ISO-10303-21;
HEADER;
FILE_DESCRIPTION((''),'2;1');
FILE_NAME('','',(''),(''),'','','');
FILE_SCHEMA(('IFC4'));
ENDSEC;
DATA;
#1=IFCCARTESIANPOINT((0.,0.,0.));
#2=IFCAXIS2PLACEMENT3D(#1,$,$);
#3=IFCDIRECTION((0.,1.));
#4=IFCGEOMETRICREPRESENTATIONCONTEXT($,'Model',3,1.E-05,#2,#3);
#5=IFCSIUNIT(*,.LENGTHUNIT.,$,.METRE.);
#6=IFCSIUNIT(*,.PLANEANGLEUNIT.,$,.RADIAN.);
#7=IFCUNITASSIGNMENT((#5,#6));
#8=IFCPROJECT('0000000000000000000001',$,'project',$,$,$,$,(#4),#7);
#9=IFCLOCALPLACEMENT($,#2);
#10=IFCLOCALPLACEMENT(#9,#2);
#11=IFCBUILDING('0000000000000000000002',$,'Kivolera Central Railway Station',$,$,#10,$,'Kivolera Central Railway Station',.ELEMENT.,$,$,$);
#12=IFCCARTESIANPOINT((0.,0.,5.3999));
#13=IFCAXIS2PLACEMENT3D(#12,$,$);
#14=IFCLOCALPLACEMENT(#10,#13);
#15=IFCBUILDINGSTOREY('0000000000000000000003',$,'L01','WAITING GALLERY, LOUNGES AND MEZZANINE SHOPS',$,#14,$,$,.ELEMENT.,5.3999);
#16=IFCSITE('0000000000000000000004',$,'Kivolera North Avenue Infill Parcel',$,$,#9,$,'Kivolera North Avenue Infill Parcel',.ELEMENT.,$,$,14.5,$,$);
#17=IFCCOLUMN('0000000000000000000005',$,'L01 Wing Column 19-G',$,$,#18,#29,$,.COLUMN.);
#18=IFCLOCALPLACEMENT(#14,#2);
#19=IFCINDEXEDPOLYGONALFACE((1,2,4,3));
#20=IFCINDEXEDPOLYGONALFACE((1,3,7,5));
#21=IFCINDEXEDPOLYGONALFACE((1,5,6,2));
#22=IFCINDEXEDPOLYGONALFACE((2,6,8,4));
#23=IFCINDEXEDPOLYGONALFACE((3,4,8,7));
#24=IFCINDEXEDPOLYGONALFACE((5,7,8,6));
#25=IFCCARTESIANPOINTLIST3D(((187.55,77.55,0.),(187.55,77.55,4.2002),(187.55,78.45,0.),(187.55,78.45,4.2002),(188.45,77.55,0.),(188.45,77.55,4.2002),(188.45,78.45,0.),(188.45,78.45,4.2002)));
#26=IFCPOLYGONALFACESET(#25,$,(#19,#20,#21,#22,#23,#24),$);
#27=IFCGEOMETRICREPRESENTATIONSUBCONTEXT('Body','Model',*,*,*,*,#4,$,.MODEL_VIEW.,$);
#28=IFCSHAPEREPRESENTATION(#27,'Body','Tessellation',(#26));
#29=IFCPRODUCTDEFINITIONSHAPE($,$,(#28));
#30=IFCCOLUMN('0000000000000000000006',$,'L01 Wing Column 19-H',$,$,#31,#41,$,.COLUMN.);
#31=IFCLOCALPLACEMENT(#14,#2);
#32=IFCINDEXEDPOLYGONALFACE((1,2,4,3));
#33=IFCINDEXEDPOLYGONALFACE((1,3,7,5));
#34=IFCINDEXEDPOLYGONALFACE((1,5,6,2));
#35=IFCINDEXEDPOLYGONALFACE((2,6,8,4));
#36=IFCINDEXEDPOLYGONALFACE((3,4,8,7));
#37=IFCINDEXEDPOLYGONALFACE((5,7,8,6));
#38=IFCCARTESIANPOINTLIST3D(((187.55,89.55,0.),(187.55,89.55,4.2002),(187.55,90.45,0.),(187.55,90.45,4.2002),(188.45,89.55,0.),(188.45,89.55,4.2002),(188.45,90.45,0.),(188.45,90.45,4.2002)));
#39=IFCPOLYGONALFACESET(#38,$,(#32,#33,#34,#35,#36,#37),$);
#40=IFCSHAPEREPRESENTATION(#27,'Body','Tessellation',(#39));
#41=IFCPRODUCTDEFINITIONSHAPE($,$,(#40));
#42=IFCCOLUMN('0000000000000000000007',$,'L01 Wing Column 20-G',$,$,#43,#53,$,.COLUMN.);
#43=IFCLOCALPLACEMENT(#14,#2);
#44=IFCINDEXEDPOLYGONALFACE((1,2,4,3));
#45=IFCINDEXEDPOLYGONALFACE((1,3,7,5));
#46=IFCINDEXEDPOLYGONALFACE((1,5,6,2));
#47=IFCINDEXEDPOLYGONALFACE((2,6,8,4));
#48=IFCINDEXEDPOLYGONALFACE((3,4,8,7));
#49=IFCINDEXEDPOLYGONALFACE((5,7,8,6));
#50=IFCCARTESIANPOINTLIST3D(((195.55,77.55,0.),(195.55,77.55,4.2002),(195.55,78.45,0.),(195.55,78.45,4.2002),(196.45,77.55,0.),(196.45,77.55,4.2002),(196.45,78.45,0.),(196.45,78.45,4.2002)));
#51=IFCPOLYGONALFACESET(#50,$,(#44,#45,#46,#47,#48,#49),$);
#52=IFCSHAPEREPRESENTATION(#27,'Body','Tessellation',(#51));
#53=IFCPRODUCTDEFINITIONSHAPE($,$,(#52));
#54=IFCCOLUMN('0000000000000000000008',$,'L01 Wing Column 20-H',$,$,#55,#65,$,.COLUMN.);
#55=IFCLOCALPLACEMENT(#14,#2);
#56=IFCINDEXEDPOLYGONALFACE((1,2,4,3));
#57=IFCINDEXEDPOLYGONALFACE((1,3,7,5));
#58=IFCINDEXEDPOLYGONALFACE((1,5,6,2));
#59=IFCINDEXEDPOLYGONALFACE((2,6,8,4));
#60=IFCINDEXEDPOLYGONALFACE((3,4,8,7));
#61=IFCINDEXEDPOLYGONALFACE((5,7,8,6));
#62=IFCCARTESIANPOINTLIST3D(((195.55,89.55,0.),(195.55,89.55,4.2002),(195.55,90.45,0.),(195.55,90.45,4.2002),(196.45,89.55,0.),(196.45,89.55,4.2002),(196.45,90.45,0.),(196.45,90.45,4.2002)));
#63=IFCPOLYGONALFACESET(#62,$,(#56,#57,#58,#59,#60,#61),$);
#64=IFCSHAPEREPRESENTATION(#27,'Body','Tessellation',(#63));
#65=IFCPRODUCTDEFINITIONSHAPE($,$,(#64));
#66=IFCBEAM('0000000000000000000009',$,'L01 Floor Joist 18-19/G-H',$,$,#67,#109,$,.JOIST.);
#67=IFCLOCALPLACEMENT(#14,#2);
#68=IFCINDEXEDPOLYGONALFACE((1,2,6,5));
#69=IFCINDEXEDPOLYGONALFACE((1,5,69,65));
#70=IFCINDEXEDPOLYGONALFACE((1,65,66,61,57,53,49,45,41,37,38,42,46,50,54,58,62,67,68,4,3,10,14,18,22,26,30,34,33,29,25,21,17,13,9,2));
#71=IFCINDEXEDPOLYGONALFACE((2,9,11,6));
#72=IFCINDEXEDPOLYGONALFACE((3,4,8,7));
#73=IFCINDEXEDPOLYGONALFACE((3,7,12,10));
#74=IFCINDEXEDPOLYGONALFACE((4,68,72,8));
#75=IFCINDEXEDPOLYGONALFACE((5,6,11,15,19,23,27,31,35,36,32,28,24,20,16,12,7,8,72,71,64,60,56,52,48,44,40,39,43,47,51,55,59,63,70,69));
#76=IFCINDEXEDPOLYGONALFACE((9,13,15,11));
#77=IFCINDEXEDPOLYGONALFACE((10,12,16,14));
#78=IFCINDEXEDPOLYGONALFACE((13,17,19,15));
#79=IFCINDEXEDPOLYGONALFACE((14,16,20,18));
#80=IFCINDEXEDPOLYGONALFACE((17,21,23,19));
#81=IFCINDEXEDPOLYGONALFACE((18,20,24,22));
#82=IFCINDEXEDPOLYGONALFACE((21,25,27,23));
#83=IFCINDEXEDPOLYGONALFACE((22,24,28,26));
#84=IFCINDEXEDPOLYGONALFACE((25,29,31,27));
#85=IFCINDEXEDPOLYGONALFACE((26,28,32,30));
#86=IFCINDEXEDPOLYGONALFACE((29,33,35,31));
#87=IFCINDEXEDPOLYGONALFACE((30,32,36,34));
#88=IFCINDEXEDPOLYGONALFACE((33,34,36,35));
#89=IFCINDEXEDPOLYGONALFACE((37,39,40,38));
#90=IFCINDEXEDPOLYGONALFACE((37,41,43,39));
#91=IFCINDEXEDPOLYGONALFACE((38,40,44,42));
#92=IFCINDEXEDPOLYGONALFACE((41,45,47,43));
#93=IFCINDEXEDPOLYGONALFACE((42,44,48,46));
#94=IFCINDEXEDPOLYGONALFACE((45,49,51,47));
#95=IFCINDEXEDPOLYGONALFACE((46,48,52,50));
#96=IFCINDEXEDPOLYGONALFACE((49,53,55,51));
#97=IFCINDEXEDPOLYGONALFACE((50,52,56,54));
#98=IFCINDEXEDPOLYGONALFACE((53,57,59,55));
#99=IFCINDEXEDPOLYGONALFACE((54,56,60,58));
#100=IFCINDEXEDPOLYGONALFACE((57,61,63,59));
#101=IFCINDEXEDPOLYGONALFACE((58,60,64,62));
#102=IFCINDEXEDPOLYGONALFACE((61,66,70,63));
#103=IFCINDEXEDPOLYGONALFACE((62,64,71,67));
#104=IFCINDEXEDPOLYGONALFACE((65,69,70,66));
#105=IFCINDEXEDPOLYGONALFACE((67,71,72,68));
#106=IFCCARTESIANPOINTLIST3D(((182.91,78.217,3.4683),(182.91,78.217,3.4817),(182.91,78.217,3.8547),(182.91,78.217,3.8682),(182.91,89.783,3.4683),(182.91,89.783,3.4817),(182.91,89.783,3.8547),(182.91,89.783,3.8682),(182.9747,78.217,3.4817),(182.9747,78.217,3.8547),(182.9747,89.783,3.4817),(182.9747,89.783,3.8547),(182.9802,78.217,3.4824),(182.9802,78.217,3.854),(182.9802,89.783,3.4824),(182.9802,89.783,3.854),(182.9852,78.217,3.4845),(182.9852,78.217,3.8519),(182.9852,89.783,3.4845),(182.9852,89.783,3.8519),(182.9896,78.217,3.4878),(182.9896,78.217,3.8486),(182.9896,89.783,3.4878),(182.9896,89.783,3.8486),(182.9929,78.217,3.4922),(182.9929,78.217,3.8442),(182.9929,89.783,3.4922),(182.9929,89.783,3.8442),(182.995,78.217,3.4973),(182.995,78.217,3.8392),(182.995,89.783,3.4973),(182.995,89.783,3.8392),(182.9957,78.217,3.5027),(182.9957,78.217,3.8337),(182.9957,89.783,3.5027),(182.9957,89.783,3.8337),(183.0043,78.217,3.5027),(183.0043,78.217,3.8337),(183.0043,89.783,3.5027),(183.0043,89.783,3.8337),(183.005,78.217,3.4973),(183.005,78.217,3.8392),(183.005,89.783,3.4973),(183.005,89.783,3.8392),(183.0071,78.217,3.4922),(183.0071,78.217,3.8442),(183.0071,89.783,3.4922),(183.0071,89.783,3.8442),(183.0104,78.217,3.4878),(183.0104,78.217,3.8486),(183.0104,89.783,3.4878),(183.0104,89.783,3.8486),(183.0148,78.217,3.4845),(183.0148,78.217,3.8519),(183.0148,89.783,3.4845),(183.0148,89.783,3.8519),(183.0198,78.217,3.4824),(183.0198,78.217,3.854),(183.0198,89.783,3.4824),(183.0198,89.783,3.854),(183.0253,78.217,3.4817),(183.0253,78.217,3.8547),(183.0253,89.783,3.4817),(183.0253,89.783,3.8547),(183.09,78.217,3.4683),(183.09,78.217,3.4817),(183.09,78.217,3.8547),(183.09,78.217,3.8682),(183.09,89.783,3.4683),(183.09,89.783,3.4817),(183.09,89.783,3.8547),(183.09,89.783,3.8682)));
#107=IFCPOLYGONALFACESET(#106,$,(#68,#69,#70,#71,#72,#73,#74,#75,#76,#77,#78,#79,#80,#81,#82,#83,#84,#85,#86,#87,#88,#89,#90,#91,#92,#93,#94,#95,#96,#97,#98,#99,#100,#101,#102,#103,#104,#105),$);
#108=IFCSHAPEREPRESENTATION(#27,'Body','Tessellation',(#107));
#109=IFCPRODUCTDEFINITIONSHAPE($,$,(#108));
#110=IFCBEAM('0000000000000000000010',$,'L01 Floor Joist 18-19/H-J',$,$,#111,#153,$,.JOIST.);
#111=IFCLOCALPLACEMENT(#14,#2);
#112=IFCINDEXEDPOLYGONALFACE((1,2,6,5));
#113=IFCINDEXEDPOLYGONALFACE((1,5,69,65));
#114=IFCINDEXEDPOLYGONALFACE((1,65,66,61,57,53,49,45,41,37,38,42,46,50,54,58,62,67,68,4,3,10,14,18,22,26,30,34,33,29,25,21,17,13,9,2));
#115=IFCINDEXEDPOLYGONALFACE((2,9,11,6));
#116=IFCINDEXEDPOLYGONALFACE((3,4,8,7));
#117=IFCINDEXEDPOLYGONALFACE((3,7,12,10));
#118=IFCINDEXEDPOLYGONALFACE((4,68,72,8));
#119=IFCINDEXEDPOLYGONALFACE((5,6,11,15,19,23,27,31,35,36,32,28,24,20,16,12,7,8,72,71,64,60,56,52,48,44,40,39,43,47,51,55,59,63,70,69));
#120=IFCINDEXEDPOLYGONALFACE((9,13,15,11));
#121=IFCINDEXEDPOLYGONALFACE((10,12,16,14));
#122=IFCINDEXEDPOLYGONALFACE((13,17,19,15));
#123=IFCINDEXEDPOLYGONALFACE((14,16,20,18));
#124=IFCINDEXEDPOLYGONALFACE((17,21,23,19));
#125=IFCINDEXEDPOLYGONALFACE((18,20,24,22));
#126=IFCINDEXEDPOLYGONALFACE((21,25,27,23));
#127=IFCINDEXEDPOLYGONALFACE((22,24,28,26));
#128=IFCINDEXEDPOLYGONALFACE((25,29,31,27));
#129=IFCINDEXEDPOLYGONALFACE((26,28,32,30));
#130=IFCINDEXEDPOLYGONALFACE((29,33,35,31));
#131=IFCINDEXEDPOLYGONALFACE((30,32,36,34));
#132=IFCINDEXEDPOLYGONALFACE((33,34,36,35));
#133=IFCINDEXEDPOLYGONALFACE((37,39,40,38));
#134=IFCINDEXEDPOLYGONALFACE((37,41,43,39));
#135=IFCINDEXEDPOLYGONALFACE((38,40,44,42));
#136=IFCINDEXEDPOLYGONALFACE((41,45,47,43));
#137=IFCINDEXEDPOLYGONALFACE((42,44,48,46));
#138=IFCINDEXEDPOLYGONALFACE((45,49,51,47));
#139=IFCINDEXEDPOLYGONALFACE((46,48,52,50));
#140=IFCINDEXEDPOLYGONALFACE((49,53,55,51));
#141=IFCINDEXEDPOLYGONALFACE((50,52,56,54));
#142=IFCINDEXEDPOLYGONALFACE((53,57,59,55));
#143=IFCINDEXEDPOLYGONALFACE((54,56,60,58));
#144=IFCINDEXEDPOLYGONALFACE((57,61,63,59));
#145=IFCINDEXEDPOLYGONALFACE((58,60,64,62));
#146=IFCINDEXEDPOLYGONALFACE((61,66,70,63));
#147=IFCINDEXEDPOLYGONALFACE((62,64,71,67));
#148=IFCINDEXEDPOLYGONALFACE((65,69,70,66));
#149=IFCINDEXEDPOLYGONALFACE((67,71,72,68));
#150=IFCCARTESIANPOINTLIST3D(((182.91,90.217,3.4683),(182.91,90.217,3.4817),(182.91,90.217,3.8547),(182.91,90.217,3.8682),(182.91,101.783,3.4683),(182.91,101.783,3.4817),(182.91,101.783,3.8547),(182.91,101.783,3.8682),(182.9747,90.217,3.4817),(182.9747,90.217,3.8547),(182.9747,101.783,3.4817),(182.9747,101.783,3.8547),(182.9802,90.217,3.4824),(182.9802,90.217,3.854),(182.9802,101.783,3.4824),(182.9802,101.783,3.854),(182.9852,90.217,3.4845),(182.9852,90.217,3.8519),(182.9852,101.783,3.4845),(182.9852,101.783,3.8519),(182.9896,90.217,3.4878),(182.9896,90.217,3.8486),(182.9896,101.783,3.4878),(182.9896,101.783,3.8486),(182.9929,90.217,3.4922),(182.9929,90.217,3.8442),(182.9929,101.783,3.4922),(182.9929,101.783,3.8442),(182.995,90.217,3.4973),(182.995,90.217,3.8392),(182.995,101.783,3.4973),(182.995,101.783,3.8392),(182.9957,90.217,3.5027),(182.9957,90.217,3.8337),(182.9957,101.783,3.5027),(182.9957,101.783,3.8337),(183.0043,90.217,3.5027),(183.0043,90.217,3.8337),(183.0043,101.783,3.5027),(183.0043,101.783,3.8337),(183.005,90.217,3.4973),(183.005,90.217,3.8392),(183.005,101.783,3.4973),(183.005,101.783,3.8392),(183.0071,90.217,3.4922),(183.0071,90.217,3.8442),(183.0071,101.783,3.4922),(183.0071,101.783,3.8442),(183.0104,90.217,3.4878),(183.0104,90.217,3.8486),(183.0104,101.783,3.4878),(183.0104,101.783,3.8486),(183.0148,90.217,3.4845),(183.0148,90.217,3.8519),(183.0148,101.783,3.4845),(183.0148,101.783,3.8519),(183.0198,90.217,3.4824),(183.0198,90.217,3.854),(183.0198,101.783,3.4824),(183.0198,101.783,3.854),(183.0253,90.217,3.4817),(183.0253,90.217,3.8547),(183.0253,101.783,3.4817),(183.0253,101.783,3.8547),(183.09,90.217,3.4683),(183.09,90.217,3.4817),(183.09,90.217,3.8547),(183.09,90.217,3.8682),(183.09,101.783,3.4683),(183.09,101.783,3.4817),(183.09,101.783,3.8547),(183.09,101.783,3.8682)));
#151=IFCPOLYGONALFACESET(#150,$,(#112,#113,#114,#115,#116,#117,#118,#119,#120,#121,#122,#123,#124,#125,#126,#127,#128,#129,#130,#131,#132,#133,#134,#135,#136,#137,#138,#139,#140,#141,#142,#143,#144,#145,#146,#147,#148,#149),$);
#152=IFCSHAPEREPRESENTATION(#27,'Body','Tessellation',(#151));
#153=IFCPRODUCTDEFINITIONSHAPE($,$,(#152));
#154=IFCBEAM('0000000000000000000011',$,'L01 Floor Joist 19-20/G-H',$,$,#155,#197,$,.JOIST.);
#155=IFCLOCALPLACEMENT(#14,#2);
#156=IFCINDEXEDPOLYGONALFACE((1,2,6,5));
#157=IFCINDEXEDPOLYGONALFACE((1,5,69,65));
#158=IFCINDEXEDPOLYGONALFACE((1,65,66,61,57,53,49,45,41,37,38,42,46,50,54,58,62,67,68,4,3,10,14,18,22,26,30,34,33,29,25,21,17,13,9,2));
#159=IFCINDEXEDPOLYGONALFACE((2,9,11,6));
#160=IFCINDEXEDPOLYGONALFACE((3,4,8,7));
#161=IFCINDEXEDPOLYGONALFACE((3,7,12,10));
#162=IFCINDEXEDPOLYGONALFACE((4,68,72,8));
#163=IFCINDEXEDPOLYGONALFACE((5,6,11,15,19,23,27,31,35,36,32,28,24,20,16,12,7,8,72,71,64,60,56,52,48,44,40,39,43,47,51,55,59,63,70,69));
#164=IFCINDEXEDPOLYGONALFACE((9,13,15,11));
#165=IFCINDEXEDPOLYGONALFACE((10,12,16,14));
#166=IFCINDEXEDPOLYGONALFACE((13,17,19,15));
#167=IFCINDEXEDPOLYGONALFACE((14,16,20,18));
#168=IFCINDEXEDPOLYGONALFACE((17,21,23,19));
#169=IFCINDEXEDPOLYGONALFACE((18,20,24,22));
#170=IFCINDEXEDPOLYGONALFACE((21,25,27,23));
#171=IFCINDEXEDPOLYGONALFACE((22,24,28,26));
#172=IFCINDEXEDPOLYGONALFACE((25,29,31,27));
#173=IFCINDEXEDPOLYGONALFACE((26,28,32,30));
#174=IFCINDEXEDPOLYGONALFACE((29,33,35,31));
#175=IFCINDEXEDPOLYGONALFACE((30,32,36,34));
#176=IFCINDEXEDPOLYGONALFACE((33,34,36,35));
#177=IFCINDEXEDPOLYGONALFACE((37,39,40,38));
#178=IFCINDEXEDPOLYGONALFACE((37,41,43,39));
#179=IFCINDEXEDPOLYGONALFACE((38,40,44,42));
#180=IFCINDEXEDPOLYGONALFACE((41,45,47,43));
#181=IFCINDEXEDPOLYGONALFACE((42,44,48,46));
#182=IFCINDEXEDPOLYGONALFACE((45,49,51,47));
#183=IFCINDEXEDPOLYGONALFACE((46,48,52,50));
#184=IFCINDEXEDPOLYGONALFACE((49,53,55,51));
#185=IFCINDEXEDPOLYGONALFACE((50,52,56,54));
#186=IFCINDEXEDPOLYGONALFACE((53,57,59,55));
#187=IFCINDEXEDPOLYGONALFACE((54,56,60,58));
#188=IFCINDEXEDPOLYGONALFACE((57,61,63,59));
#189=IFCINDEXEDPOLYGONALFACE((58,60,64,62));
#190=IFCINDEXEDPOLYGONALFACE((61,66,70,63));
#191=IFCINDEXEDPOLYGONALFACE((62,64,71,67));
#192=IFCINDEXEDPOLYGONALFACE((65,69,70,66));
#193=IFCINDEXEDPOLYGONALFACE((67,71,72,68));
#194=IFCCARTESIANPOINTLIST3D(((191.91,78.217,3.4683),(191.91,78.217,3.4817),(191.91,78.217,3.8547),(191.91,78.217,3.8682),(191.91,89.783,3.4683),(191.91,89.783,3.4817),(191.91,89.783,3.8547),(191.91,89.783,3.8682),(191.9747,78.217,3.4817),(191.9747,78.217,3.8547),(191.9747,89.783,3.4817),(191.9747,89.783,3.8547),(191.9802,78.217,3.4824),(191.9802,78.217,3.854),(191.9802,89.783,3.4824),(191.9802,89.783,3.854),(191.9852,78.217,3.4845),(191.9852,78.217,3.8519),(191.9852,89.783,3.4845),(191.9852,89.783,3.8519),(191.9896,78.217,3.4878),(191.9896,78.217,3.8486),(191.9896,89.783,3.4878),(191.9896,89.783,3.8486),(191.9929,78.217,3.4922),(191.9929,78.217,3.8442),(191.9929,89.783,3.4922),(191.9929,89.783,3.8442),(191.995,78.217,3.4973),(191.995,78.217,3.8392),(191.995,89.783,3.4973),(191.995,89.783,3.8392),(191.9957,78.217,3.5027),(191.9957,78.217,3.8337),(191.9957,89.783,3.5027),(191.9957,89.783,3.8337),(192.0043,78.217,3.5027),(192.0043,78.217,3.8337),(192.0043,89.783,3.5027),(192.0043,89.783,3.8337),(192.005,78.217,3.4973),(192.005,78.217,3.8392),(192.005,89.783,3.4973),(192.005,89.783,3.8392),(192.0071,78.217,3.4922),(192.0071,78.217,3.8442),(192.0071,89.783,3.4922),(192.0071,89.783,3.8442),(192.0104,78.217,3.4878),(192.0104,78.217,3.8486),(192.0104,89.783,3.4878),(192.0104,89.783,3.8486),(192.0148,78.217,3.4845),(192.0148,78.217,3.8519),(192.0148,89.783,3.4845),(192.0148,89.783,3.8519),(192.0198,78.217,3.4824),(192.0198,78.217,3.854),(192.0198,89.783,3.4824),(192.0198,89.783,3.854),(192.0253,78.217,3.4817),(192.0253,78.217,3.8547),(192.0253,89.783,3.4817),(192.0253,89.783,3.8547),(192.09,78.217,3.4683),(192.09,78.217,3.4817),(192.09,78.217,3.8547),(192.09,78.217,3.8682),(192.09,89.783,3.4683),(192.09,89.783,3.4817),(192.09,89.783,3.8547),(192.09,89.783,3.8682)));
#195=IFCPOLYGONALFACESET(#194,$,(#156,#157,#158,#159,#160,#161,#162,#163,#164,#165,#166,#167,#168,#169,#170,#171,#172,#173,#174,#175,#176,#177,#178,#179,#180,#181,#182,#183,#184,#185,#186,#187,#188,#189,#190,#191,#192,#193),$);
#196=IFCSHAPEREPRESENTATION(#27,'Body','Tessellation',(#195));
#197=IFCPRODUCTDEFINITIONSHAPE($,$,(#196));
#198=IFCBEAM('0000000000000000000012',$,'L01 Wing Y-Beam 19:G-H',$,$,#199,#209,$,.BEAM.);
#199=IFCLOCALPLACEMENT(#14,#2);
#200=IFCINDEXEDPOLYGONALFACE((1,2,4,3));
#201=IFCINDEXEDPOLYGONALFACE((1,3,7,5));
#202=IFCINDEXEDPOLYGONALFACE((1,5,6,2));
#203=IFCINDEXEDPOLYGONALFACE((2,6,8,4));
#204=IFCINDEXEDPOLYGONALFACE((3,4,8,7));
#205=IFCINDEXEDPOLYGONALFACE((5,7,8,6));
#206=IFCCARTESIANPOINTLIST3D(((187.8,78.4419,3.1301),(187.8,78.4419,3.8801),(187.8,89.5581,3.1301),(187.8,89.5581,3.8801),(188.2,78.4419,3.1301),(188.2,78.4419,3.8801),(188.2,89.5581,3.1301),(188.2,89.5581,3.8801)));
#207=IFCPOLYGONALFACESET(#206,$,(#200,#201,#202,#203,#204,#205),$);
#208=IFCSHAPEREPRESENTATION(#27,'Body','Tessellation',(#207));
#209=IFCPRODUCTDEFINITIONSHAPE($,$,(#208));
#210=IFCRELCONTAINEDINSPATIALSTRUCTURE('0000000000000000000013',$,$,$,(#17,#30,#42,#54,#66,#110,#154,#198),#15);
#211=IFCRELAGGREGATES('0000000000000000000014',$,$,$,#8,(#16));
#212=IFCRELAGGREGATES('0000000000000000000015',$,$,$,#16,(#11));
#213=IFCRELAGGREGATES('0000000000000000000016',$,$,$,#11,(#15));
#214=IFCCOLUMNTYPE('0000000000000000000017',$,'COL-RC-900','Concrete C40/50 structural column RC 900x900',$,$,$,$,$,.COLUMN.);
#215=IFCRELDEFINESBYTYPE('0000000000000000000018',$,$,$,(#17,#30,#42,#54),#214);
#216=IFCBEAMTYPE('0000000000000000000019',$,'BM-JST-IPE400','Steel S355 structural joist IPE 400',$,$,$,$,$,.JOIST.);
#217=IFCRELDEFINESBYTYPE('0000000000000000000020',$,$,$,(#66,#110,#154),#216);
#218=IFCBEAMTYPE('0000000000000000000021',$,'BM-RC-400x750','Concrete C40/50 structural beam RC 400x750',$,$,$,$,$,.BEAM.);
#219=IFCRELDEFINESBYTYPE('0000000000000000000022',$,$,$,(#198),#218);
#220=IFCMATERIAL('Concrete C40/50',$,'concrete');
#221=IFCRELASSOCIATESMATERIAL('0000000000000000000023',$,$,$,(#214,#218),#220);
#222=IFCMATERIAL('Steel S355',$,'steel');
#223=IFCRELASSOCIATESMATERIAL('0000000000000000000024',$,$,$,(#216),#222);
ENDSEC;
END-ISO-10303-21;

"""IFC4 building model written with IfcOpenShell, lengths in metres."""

from ifc_helpers import new_model, si_unit, direction, frame, origin, origin_2d, place, context, subcontext, project, spatial, rectangle, i_section, extrude, material, material_profile, profile_set, type_object, element, save


model = new_model("IFC4")

# Units and contexts
model_context = context("Model", 3, precision=1e-05, world=origin(), true_north=direction((0.0, 1.0)))
body_context = subcontext(model_context, "Body", "Model", "MODEL_VIEW")
ifc_project = project(units=[si_unit("LENGTHUNIT", "METRE"), si_unit("PLANEANGLEUNIT", "RADIAN")], contexts=[model_context])

# Site, building, storey
site_placement = place(None, origin())
site = spatial("IfcSite", under=ifc_project, at=site_placement, Name="Kivolera North Avenue Infill Parcel", LongName="Kivolera North Avenue Infill Parcel", CompositionType="ELEMENT", RefElevation=14.5)
building_placement = place(site_placement, origin())
building = spatial("IfcBuilding", under=site, at=building_placement, Name="Kivolera Central Railway Station", LongName="Kivolera Central Railway Station", CompositionType="ELEMENT")
storey_placement = place(building_placement, frame((0.0, 0.0, 5.3999)))
storey = spatial("IfcBuildingStorey", under=building, at=storey_placement, Name="L01", Description="WAITING GALLERY, LOUNGES AND MEZZANINE SHOPS", CompositionType="ELEMENT", Elevation=5.3999)

# Columns
ifc_material_1 = material(Name="Concrete C40/50", Category="concrete")
ifc_material_profile_1 = material_profile(ifc_material_1, rectangle(XDim=0.8999, YDim=0.8999, at=origin_2d()), Name="RC 900x900")
ifc_profile_set_1 = profile_set([ifc_material_profile_1], Name="Concrete C40/50")
column_type = type_object("IfcColumnType", Name="COL-RC-900", Description="Concrete C40/50 structural column RC 900x900", PredefinedType="COLUMN", material=ifc_profile_set_1)
for number, where, z_axis, x_axis, name in (
    (1, (188.0, 78.0, 0.0), (0.0, 0.0, 1.0), (1.0, 0.0, 0.0), "L01 Wing Column 19-G"),
    (2, (188.0, 90.0, 0.0), (0.0, 0.0, 1.0), (1.0, 0.0, 0.0), "L01 Wing Column 19-H"),
    (3, (196.0, 78.0, 0.0), (0.0, 0.0, 1.0), (1.0, 0.0, 0.0), "L01 Wing Column 20-G"),
    (4, (196.0, 90.0, 0.0), (0.0, 0.0, 1.0), (1.0, 0.0, 0.0), "L01 Wing Column 20-H"),
):
    element("IfcColumn", number, at=place(storey_placement, frame(where, z_axis=z_axis, x_axis=x_axis)), inside=storey, type_object=column_type, Name=name, PredefinedType="COLUMN", context=body_context, shape_type="SweptSolid", body=[
        extrude(rectangle(XDim=0.8999, YDim=0.8999, at=origin_2d()), origin(), (0.0, 0.0, 1.0), 4.2002),
    ])

# Beams
ifc_material_2 = material(Name="Steel S355", Category="steel")
ifc_material_profile_2 = material_profile(ifc_material_2, i_section(OverallWidth=0.1799, OverallDepth=0.3999, WebThickness=0.0085, FlangeThickness=0.0134, FilletRadius=0.021, at=origin_2d()), Name="IPE 400")
ifc_profile_set_2 = profile_set([ifc_material_profile_2], Name="Steel S355")
beam_type_1 = type_object("IfcBeamType", Name="BM-JST-IPE400", Description="Steel S355 structural joist IPE 400", PredefinedType="JOIST", material=ifc_profile_set_2)
for number, where, z_axis, x_axis, name in (
    (5, (183.0, 78.217, 3.6682), (0.0, 1.0, 0.0), (-1.0, 0.0, 0.0), "L01 Floor Joist 18-19/G-H"),
    (6, (183.0, 90.217, 3.6682), (0.0, 1.0, 0.0), (-1.0, 0.0, 0.0), "L01 Floor Joist 18-19/H-J"),
    (7, (192.0, 78.217, 3.6682), (0.0, 1.0, 0.0), (-1.0, 0.0, 0.0), "L01 Floor Joist 19-20/G-H"),
):
    element("IfcBeam", number, at=place(storey_placement, frame(where, z_axis=z_axis, x_axis=x_axis)), inside=storey, type_object=beam_type_1, Name=name, PredefinedType="JOIST", context=body_context, shape_type="SweptSolid", body=[
        extrude(i_section(OverallWidth=0.1799, OverallDepth=0.3999, WebThickness=0.0085, FlangeThickness=0.0134, FilletRadius=0.021, at=origin_2d()), origin(), (0.0, 0.0, 1.0), 11.5659),
    ])
ifc_material_profile_3 = material_profile(ifc_material_1, rectangle(XDim=0.3999, YDim=0.75, at=origin_2d()), Name="RC 400x750")
ifc_profile_set_3 = profile_set([ifc_material_profile_3], Name="Concrete C40/50")
beam_type_2 = type_object("IfcBeamType", Name="BM-RC-400x750", Description="Concrete C40/50 structural beam RC 400x750", PredefinedType="BEAM", material=ifc_profile_set_3)
for number, where, z_axis, x_axis, name in (
    (8, (188.0, 78.4419, 3.5051), (0.0, 1.0, 0.0), (-1.0, 0.0, 0.0), "L01 Wing Y-Beam 19:G-H"),
):
    element("IfcBeam", number, at=place(storey_placement, frame(where, z_axis=z_axis, x_axis=x_axis)), inside=storey, type_object=beam_type_2, Name=name, PredefinedType="BEAM", context=body_context, shape_type="SweptSolid", body=[
        extrude(rectangle(XDim=0.3999, YDim=0.75, at=origin_2d()), origin(), (0.0, 0.0, 1.0), 11.1162),
    ])

save(model, "model.ifc")
